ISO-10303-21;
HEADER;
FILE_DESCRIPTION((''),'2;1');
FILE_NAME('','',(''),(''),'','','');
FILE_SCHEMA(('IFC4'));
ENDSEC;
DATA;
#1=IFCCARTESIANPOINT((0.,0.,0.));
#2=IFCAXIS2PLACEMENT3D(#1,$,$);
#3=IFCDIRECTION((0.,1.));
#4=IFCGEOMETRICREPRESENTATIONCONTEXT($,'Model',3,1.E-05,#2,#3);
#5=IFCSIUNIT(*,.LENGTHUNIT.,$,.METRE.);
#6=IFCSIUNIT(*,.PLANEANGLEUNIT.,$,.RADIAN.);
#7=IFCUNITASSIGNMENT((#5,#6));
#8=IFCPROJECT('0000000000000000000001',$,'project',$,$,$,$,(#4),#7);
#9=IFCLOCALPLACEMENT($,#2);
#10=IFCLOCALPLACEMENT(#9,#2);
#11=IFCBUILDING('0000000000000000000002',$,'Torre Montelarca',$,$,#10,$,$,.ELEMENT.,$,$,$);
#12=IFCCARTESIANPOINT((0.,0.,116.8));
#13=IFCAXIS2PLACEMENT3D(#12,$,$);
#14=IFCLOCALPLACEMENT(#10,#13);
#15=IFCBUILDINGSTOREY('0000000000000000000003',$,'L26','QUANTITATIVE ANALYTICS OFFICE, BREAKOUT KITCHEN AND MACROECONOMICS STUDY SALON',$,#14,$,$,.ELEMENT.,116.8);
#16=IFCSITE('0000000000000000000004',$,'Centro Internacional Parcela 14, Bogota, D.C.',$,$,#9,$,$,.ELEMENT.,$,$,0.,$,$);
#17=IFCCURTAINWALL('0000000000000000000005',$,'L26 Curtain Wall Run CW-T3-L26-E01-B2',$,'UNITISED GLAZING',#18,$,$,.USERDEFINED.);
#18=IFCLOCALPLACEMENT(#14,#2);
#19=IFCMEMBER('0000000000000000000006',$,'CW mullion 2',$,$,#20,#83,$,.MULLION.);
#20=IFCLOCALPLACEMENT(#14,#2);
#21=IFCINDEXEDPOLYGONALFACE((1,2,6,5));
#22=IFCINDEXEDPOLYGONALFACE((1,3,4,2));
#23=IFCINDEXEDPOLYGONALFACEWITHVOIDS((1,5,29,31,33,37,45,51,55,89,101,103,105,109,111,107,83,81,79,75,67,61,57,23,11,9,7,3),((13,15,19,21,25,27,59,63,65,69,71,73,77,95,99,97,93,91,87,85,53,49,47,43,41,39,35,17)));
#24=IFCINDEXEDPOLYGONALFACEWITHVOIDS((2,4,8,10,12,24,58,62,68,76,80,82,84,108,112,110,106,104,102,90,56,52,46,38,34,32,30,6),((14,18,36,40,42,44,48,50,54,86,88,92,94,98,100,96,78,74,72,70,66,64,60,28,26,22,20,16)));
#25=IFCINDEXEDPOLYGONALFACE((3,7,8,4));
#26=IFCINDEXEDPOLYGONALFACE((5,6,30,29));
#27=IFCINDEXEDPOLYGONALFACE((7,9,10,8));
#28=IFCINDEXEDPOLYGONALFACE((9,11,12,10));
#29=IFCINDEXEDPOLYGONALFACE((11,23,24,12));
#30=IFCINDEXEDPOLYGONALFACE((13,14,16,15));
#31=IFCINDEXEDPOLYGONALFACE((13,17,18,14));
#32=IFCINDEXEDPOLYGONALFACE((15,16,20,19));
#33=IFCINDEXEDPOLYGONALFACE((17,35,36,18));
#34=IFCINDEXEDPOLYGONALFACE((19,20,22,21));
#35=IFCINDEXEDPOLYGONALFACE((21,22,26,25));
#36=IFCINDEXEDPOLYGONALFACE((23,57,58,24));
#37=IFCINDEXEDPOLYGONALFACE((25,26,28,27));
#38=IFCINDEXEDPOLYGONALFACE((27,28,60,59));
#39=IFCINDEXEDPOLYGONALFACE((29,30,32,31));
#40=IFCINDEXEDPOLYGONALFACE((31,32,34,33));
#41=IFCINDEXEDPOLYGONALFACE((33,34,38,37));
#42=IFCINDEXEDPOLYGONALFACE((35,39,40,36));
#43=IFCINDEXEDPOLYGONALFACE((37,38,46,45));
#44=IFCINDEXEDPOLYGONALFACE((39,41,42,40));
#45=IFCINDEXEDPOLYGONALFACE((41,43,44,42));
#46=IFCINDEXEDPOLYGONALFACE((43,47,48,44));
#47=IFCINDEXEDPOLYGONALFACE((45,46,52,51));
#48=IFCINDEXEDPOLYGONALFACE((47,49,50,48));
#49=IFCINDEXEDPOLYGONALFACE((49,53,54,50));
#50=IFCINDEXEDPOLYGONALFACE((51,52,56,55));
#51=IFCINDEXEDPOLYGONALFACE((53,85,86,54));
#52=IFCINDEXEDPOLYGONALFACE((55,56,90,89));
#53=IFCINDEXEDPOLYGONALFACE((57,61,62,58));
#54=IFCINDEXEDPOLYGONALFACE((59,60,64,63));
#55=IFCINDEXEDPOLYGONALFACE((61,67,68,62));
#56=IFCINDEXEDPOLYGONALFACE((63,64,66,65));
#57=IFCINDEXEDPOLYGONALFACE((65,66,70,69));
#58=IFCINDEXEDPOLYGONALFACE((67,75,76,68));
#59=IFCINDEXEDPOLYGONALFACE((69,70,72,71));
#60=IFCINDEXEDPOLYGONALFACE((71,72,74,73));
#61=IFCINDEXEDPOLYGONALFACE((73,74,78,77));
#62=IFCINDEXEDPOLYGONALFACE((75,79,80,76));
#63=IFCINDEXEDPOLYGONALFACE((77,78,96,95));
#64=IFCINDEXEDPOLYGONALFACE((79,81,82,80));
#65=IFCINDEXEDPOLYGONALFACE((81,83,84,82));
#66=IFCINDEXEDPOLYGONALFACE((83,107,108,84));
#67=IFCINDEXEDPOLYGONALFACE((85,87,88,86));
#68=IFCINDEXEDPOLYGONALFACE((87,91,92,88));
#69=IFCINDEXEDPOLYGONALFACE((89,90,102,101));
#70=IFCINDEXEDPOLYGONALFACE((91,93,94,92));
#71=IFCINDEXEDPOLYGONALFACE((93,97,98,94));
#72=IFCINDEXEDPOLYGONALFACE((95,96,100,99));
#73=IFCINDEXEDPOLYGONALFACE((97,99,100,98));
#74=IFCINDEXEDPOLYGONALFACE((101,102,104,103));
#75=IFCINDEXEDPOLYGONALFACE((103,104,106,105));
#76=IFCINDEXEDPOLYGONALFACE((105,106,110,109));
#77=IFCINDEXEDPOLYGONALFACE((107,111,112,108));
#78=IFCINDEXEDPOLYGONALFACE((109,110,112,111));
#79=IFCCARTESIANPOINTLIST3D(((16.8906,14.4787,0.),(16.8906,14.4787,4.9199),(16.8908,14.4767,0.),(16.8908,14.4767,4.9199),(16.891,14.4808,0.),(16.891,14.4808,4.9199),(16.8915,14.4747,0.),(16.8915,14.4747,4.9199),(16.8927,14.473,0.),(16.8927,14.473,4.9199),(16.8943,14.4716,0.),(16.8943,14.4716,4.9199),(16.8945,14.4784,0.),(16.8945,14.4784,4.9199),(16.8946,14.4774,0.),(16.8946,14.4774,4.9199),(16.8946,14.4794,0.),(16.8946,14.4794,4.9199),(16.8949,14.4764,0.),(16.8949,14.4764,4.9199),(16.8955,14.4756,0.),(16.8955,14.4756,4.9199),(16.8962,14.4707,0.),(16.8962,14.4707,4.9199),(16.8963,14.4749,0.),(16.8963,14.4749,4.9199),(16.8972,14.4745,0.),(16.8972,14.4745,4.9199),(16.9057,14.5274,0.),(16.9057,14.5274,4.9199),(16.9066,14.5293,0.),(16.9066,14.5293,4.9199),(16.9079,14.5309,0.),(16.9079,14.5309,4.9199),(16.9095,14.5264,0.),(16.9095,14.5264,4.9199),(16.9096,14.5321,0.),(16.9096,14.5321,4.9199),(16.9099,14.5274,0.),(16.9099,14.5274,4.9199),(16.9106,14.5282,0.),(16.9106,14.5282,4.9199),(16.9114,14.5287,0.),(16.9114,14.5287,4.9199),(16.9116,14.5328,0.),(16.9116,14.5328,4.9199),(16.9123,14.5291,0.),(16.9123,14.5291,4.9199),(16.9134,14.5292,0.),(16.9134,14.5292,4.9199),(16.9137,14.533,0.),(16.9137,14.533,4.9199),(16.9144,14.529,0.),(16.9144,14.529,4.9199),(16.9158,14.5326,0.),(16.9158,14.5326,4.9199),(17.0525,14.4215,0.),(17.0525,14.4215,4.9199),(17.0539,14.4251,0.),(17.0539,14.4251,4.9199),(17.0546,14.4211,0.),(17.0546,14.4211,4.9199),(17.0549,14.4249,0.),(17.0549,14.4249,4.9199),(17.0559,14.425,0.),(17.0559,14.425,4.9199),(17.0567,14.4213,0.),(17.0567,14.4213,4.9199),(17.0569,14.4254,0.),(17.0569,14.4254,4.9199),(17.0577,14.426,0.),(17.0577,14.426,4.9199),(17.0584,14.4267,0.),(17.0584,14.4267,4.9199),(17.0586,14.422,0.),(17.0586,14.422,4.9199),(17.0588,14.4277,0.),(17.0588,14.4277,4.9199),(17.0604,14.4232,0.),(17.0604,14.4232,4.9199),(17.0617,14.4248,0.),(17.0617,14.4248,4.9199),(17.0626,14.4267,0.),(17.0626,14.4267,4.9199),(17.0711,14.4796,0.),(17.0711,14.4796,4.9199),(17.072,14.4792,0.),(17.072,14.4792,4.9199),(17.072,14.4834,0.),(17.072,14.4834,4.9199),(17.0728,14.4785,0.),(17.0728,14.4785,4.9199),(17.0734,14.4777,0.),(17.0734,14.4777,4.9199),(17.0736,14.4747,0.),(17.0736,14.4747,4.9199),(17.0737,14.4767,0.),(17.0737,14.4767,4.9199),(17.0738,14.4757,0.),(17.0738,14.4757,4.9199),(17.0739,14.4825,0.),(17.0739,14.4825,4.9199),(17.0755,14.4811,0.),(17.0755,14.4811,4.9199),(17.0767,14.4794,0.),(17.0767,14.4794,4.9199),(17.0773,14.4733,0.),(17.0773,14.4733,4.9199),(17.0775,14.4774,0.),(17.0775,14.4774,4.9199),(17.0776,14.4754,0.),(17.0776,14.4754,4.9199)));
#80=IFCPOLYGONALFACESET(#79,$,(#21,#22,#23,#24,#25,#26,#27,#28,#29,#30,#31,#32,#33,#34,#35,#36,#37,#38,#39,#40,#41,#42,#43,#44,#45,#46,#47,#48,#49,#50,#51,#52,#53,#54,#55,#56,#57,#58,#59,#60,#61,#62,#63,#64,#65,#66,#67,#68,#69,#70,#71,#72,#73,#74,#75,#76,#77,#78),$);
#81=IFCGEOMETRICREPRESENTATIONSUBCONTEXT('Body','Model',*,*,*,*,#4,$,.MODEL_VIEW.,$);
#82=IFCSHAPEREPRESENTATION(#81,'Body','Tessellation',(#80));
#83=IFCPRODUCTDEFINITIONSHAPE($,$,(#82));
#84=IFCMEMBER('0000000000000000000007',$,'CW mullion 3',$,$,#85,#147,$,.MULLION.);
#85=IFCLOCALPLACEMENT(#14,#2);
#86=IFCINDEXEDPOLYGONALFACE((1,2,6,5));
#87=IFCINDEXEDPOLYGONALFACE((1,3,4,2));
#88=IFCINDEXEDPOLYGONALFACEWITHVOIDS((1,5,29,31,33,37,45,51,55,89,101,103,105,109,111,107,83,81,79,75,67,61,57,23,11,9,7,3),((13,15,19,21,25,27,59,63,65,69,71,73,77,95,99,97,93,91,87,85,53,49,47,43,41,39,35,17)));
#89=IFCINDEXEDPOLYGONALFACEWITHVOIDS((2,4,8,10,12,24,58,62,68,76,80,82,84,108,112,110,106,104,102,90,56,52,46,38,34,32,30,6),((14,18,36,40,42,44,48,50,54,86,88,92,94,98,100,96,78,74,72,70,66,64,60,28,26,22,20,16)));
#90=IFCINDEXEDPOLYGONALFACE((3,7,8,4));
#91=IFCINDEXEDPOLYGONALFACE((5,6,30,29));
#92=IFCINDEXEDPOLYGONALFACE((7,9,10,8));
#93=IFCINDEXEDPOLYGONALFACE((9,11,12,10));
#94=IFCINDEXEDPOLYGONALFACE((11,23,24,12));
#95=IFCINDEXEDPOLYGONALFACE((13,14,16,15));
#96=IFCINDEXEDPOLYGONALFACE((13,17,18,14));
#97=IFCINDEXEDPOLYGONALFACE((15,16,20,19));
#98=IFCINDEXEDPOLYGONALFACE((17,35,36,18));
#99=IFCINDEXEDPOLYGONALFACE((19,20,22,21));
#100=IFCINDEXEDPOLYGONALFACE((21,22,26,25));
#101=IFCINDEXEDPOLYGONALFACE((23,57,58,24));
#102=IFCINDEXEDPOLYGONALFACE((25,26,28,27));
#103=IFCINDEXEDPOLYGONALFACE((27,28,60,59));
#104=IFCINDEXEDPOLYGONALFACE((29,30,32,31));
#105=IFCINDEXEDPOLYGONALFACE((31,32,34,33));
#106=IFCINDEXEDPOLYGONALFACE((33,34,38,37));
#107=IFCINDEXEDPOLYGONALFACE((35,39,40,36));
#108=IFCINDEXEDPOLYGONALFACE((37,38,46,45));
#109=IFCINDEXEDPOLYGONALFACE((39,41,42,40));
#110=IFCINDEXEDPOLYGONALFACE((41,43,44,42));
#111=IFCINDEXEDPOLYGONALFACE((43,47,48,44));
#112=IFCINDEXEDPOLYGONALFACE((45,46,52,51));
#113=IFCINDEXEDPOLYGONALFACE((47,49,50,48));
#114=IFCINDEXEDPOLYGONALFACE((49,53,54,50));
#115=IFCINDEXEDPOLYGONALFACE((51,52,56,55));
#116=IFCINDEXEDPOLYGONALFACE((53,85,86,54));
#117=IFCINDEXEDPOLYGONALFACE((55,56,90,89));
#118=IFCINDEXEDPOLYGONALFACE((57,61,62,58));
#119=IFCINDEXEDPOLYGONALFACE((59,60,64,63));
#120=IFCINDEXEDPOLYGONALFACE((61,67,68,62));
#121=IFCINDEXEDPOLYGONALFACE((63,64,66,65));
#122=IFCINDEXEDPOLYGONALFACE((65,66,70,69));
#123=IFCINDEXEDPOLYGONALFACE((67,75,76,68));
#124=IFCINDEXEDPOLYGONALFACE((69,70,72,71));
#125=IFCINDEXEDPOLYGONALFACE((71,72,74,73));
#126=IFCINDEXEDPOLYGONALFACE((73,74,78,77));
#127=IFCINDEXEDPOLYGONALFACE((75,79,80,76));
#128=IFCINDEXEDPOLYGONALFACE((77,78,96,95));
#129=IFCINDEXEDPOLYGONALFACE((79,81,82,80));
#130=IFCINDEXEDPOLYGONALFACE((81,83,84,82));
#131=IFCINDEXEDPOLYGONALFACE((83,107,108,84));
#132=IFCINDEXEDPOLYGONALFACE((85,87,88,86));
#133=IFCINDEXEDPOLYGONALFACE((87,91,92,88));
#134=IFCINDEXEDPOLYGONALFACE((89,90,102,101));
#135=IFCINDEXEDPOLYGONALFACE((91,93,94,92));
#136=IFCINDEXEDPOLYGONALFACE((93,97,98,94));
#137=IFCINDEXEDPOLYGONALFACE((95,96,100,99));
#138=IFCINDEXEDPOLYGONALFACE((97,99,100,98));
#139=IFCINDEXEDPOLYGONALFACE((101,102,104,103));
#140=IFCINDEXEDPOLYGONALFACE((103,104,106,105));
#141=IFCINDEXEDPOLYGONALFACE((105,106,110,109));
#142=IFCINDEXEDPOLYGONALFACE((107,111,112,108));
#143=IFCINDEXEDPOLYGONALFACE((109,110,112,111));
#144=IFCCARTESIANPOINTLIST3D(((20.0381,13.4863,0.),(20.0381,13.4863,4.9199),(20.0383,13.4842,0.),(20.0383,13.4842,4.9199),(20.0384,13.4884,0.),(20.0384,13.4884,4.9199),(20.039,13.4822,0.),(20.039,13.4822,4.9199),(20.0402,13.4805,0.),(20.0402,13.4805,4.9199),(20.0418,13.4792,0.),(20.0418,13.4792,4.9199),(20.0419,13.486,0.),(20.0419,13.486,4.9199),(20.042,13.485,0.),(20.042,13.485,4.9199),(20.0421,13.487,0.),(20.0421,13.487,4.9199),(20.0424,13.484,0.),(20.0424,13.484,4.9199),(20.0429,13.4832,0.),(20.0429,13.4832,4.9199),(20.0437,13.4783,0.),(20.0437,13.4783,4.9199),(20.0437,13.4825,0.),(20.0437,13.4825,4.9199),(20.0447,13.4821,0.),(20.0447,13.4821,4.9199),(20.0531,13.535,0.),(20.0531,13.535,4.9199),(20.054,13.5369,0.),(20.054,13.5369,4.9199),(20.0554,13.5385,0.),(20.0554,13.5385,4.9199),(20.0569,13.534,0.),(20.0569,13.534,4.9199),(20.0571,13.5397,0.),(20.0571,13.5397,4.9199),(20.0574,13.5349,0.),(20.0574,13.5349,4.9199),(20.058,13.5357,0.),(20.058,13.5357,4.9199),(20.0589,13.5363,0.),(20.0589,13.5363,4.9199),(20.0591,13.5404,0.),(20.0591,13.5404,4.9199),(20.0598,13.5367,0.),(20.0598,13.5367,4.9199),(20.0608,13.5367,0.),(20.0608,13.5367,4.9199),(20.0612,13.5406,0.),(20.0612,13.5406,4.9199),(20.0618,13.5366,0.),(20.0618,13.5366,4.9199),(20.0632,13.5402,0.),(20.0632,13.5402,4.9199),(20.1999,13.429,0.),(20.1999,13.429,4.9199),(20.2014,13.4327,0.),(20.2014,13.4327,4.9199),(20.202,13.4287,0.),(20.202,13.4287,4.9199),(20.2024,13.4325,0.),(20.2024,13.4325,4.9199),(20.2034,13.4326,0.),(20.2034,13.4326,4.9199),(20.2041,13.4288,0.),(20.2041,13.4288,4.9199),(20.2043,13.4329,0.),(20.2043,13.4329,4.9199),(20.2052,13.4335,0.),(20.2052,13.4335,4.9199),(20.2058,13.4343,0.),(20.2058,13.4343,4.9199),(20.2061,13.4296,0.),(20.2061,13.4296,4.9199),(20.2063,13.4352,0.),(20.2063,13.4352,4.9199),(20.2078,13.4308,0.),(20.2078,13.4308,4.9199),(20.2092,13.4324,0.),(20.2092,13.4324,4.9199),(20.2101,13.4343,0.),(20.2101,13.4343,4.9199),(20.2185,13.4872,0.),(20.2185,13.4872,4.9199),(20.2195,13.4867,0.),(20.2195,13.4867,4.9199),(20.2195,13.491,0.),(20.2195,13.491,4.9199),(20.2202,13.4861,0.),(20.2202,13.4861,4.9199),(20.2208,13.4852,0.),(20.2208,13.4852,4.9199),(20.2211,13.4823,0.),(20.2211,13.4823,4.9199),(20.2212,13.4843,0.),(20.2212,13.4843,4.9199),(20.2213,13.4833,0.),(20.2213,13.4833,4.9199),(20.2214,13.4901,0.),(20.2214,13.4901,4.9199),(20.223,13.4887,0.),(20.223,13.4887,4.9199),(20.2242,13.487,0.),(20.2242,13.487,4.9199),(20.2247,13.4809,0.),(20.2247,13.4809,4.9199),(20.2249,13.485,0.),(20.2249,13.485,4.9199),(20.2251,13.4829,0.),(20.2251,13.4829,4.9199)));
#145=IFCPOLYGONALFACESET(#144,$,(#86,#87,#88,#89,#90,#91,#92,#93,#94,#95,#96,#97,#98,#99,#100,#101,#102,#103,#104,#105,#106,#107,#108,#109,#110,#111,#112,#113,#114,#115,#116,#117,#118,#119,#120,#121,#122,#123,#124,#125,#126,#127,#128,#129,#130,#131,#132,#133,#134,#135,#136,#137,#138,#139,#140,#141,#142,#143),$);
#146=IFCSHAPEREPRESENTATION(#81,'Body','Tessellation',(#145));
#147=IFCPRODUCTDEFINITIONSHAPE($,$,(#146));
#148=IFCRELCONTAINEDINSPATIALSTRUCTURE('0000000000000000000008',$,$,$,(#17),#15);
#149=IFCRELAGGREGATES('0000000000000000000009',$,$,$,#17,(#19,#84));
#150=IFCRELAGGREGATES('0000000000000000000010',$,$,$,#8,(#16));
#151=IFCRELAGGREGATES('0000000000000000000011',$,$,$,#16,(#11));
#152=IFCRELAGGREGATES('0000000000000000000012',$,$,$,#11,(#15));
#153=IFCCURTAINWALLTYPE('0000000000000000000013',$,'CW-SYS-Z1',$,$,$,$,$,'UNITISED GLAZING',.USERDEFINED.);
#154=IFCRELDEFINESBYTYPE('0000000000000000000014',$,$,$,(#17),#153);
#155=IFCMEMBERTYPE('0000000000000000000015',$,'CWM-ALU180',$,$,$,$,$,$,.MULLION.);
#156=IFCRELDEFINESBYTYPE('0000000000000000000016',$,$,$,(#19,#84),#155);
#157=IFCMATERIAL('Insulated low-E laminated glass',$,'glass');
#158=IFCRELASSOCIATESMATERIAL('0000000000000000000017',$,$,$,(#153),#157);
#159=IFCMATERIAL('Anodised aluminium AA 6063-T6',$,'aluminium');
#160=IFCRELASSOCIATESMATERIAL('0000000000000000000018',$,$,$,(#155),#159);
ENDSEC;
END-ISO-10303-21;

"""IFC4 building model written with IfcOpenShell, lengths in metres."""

from ifc_helpers import new_model, si_unit, direction, frame, origin, origin_2d, place, context, subcontext, project, spatial, hollow_rectangle, extrude, source, transform, mapped, material, material_profile, profile_set, type_object, element, aggregate, save


model = new_model("IFC4")

# Units and contexts
model_context = context("Model", 3, precision=1e-05, world=origin(), true_north=direction((0.0, 1.0)))
body_context = subcontext(model_context, "Body", "Model", "MODEL_VIEW")
ifc_project = project(units=[si_unit("LENGTHUNIT", "METRE"), si_unit("PLANEANGLEUNIT", "RADIAN")], contexts=[model_context])

# Site, building, storey
site_placement = place(None, origin())
site = spatial("IfcSite", under=ifc_project, at=site_placement, Name="Centro Internacional Parcela 14, Bogota, D.C.", CompositionType="ELEMENT", RefElevation=0.0)
building_placement = place(site_placement, origin())
building = spatial("IfcBuilding", under=site, at=building_placement, Name="Torre Montelarca", CompositionType="ELEMENT")
storey_placement = place(building_placement, frame((0.0, 0.0, 116.8)))
storey = spatial("IfcBuildingStorey", under=building, at=storey_placement, Name="L26", Description="QUANTITATIVE ANALYTICS OFFICE, BREAKOUT KITCHEN AND MACROECONOMICS STUDY SALON", CompositionType="ELEMENT", Elevation=116.8)

# Curtain wall
ifc_material_1 = material(Name="Insulated low-E laminated glass", Category="glass")
curtain_wall_type = type_object("IfcCurtainWallType", Name="CW-SYS-Z1", ElementType="UNITISED GLAZING", PredefinedType="USERDEFINED", material=ifc_material_1)
ifc_material_2 = material(Name="Anodised aluminium AA 6063-T6", Category="aluminium")
curtain_wall_1_placement = place(storey_placement, origin())
curtain_wall_1 = element("IfcCurtainWall", 1, at=curtain_wall_1_placement, inside=storey, type_object=curtain_wall_type, Name="L26 Curtain Wall Run CW-T3-L26-E01-B2", ObjectType="UNITISED GLAZING", PredefinedType="USERDEFINED")

# Members
ifc_material_profile_1 = material_profile(ifc_material_2, hollow_rectangle(XDim=0.0649, YDim=0.1799, WallThickness=0.0039, InnerFilletRadius=0.0039, OuterFilletRadius=0.0081, at=origin_2d()), Name="ALU65X180X4", Category="aluminium")
ifc_profile_set_1 = profile_set([ifc_material_profile_1], Name="Anodised aluminium AA 6063-T6")
member_type_1 = type_object("IfcMemberType", Name="CWM-ALU180", PredefinedType="MULLION", material=ifc_profile_set_1)
shared_shape_1 = source(origin(), body_context, "Body", "SweptSolid", [
    extrude(hollow_rectangle(XDim=0.0649, YDim=0.1799, WallThickness=0.0039, InnerFilletRadius=0.0039, OuterFilletRadius=0.0081, at=origin_2d()), origin(), (0.0, 0.0, 1.0), 4.9199),
])
member_1_placement = place(storey_placement, frame((16.9841, 14.4771, 0.0), z_axis=(0.0, 0.0, 1.0), x_axis=(0.300693, 0.953721, 0.0)))
member_1 = element("IfcMember", 2, at=member_1_placement, type_object=member_type_1, Name="CW mullion 2", PredefinedType="MULLION", context=body_context, shape_type="MappedRepresentation", body=[
    mapped(shared_shape_1, transform((0.0, 0.0, 0.0), scale=1.0)),
])
member_2_placement = place(storey_placement, frame((20.1316, 13.4846, 0.0), z_axis=(0.0, 0.0, 1.0), x_axis=(0.300693, 0.953721, 0.0)))
member_2 = element("IfcMember", 3, at=member_2_placement, type_object=member_type_1, Name="CW mullion 3", PredefinedType="MULLION", context=body_context, shape_type="MappedRepresentation", body=[
    mapped(shared_shape_1, transform((0.0, 0.0, 0.0), scale=1.0)),
])

aggregate(curtain_wall_1, [member_1, member_2])

save(model, "model.ifc")
